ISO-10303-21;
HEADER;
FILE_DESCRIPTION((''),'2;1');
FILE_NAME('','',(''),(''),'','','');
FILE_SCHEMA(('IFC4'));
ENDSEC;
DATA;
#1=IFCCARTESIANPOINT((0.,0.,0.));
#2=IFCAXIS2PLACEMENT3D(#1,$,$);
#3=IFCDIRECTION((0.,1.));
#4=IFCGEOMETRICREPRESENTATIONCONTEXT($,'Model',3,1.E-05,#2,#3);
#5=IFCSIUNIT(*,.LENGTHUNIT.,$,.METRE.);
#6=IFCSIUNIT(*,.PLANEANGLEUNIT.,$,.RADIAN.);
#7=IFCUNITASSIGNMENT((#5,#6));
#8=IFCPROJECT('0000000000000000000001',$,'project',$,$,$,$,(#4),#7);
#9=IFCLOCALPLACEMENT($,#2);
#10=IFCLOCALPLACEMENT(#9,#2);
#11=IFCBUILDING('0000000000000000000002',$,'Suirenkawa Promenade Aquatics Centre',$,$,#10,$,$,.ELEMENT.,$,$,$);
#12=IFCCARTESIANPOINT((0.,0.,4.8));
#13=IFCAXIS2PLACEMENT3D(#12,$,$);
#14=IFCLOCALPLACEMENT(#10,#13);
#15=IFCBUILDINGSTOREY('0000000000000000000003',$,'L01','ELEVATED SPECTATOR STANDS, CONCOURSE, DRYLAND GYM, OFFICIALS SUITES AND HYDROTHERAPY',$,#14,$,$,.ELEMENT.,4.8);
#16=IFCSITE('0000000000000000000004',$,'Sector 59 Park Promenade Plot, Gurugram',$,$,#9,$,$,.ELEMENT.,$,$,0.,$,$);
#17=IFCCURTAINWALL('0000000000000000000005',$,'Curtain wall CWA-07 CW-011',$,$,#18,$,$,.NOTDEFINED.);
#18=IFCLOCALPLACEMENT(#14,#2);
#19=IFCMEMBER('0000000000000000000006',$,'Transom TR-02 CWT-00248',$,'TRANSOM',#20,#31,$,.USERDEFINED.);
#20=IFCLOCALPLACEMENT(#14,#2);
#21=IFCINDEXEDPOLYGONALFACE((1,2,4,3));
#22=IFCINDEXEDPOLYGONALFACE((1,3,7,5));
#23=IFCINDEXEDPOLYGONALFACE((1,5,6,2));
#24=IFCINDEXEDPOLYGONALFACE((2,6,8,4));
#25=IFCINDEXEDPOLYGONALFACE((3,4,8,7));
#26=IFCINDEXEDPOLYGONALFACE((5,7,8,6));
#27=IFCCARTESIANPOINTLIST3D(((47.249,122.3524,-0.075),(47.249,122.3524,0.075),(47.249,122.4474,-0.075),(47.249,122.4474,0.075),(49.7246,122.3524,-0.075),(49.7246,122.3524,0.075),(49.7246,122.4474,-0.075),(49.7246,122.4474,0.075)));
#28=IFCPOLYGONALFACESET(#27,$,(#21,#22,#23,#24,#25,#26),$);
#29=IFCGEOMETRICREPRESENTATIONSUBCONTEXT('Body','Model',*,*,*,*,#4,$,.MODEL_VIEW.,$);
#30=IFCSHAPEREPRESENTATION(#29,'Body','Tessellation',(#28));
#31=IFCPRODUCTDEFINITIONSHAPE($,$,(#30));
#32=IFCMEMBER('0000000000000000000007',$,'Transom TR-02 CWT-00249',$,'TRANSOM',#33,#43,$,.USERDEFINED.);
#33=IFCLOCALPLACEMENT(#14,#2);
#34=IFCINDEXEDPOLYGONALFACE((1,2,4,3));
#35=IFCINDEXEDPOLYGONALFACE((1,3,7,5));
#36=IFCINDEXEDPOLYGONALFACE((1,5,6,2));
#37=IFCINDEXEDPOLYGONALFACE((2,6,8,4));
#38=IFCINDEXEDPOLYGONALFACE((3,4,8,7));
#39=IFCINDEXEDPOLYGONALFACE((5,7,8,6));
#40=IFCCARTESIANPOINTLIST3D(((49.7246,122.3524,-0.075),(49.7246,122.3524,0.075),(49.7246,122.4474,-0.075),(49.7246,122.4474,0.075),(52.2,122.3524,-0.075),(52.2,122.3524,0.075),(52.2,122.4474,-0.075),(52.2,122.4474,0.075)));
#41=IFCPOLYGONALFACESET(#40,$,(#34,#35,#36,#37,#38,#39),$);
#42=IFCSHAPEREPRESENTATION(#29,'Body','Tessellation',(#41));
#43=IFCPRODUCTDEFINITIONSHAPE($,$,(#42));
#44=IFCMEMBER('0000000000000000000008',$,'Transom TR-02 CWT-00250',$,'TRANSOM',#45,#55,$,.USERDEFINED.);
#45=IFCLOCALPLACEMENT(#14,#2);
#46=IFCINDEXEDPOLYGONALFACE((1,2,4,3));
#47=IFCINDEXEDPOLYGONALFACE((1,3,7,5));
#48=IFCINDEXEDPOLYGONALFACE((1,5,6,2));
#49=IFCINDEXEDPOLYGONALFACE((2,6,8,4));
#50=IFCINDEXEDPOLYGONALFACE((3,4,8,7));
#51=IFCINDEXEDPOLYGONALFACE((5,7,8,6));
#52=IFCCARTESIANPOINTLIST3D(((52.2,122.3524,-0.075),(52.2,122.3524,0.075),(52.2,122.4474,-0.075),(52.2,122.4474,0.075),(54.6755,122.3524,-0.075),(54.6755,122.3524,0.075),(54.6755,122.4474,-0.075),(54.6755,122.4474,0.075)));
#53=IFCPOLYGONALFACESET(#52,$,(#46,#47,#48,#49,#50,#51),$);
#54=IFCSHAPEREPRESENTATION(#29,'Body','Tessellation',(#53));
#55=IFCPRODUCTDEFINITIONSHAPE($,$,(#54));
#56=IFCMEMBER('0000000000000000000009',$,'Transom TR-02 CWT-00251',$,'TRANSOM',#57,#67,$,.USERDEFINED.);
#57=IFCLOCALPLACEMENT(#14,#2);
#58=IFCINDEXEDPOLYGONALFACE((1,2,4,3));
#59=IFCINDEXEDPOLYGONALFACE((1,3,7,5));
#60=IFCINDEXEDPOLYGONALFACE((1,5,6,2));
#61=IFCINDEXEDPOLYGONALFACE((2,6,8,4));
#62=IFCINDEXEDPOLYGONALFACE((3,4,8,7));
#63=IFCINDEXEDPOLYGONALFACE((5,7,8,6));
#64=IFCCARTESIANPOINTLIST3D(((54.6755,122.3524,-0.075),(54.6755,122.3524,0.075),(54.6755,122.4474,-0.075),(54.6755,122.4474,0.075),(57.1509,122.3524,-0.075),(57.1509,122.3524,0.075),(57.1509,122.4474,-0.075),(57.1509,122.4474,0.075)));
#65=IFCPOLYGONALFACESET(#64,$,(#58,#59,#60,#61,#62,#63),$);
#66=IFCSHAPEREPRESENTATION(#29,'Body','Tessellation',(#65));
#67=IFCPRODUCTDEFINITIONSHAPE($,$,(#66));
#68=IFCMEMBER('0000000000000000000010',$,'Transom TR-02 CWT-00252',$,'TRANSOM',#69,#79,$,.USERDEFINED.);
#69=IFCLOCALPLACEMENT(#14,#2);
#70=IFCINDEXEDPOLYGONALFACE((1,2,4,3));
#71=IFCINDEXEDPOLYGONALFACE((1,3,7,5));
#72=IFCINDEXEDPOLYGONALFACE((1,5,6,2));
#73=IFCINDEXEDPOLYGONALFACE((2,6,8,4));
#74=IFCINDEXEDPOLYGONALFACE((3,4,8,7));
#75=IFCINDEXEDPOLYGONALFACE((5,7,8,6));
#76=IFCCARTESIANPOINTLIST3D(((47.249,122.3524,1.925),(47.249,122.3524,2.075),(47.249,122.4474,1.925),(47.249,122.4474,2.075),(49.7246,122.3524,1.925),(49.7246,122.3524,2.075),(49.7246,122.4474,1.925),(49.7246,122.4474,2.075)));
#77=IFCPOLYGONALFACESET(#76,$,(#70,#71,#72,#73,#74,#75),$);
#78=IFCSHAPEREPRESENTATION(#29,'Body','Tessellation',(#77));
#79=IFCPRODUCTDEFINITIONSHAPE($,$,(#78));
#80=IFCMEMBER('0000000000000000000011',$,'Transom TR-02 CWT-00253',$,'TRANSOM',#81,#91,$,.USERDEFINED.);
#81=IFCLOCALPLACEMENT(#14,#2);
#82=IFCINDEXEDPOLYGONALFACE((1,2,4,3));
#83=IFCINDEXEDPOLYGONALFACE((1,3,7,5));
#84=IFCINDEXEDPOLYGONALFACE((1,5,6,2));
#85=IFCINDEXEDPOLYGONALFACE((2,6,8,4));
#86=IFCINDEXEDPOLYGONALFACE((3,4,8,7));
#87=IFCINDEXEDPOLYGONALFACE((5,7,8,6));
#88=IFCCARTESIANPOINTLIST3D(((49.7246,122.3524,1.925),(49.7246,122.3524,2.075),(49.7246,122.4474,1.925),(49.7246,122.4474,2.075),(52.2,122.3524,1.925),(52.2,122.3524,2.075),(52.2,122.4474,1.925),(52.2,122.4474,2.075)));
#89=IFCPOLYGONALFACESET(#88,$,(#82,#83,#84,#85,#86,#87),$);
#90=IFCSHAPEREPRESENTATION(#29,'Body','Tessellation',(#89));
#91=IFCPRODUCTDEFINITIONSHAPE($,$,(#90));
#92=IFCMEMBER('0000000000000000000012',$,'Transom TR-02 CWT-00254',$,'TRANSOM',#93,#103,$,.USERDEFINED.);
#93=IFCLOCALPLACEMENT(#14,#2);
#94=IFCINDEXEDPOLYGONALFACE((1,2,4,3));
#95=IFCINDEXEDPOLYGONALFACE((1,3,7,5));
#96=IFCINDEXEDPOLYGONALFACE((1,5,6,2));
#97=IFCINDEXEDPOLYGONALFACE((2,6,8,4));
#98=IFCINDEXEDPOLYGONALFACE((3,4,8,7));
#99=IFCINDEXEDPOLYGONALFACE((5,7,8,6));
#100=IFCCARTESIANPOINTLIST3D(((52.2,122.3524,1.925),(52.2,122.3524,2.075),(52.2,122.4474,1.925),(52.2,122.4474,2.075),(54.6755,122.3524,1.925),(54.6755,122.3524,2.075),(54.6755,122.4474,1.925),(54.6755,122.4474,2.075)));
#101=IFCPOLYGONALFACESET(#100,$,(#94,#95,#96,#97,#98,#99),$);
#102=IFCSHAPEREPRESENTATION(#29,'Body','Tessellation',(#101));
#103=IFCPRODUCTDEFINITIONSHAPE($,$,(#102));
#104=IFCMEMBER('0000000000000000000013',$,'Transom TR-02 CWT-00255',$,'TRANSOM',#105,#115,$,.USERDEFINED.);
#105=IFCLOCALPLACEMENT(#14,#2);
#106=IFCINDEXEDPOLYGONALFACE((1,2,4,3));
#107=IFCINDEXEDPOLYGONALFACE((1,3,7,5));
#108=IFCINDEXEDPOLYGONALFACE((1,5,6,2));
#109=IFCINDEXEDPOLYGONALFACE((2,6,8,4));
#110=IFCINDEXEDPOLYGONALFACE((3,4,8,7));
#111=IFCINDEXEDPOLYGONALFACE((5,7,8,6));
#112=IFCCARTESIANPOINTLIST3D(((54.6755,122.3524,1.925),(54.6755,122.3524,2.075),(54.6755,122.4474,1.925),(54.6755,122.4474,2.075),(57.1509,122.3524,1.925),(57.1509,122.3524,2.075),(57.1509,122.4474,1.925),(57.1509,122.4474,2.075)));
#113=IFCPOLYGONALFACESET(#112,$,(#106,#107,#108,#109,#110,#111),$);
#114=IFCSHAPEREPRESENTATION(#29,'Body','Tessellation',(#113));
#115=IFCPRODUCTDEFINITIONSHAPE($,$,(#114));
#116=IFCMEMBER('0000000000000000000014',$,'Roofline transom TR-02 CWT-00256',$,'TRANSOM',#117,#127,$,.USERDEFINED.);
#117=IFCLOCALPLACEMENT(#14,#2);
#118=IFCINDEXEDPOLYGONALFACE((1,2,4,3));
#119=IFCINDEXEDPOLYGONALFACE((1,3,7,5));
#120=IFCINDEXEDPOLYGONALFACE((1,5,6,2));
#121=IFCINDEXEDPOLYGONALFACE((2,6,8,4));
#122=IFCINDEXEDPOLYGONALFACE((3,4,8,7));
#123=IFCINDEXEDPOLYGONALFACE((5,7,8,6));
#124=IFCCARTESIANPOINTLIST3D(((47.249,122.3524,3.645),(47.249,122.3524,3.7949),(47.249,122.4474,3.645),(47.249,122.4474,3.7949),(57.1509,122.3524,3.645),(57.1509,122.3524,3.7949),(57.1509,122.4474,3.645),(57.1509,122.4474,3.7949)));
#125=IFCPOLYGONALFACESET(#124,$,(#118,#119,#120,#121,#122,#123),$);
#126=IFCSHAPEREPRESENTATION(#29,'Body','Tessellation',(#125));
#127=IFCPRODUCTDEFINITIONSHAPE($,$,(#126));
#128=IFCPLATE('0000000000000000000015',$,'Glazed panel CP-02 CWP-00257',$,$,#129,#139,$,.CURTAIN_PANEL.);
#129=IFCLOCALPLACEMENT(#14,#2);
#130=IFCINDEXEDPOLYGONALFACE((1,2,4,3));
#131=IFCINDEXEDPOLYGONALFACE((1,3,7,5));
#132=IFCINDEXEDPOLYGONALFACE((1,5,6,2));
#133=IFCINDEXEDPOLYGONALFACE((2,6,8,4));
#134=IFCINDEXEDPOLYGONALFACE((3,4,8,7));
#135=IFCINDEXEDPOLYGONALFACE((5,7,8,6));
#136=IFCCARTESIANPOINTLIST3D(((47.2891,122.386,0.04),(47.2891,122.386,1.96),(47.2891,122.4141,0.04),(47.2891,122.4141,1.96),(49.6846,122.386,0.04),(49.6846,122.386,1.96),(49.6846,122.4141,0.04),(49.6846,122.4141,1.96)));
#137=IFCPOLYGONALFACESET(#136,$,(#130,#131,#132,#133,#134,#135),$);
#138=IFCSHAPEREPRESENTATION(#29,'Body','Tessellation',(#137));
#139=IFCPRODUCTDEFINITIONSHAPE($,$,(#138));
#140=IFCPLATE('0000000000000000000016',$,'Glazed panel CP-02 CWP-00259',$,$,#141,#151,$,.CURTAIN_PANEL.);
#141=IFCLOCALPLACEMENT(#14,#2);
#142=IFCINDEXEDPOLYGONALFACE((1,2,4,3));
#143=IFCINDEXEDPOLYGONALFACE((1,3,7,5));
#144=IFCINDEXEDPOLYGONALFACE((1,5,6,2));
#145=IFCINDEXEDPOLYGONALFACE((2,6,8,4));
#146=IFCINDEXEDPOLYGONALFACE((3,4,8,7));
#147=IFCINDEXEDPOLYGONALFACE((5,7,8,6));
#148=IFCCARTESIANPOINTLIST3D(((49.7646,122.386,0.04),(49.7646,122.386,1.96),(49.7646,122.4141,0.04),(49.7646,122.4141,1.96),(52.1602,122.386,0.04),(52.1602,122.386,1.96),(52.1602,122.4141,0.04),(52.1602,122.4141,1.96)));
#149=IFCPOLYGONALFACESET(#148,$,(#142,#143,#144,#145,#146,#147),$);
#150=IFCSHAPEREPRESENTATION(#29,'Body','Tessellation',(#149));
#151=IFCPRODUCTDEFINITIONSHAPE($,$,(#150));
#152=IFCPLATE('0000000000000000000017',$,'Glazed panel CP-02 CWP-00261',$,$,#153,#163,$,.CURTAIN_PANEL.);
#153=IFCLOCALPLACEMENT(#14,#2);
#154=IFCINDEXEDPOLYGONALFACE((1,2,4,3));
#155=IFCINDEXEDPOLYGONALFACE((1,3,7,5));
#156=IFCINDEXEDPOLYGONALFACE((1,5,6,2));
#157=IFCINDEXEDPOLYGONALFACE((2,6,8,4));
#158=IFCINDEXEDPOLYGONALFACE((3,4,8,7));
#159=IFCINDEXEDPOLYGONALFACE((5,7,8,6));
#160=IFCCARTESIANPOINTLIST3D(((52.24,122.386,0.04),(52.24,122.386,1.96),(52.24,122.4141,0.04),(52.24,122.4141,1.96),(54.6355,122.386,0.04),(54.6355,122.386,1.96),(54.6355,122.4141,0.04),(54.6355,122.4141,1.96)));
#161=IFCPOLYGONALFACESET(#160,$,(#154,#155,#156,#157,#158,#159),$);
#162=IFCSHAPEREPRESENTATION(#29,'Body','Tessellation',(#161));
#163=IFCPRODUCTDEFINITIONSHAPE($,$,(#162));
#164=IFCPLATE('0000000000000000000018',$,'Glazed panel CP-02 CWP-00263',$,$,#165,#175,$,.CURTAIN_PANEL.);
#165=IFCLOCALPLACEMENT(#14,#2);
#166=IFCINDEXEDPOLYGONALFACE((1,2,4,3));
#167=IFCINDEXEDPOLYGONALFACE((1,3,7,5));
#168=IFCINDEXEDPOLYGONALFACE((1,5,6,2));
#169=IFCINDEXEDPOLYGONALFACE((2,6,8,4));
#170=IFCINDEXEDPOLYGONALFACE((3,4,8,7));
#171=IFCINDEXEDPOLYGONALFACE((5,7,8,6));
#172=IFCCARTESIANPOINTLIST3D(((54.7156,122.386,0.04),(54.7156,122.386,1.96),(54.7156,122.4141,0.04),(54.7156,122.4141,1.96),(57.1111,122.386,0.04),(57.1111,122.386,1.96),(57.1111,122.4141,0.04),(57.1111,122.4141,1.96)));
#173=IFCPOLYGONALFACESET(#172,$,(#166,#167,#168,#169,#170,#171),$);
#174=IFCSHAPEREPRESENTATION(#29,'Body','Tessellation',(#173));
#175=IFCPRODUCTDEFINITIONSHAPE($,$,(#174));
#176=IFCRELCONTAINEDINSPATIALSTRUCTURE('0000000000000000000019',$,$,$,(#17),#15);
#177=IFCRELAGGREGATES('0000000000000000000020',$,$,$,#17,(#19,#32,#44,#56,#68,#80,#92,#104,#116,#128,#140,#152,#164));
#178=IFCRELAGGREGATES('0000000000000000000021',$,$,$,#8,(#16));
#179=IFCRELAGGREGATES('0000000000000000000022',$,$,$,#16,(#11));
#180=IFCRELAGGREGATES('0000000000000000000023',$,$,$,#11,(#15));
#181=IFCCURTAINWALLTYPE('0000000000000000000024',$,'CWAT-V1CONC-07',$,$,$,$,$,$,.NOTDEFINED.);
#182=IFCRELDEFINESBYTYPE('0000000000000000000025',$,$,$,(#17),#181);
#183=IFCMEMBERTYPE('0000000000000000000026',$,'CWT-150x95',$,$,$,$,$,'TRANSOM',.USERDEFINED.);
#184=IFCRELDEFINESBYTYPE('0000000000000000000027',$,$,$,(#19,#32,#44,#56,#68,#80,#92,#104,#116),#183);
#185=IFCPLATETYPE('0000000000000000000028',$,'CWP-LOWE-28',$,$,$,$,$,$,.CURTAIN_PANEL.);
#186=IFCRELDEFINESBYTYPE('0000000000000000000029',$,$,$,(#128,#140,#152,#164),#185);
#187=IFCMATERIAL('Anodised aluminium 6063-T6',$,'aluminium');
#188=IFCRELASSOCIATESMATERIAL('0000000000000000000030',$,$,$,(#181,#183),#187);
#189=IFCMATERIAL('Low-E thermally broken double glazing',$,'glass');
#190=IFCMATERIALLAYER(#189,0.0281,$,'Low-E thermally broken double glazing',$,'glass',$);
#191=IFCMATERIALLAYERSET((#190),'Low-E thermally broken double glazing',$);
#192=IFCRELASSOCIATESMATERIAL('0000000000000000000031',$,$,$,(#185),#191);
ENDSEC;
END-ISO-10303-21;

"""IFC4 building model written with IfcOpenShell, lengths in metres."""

from ifc_helpers import new_model, si_unit, direction, frame, origin, origin_2d, place, context, subcontext, project, spatial, polyline, rectangle, outline, extrude, material, layer, layer_set, material_profile, profile_set, type_object, element, aggregate, save


model = new_model("IFC4")

# Units and contexts
model_context = context("Model", 3, precision=1e-05, world=origin(), true_north=direction((0.0, 1.0)))
body_context = subcontext(model_context, "Body", "Model", "MODEL_VIEW")
ifc_project = project(units=[si_unit("LENGTHUNIT", "METRE"), si_unit("PLANEANGLEUNIT", "RADIAN")], contexts=[model_context])

# Site, building, storey
site_placement = place(None, origin())
site = spatial("IfcSite", under=ifc_project, at=site_placement, Name="Sector 59 Park Promenade Plot, Gurugram", CompositionType="ELEMENT", RefElevation=0.0)
building_placement = place(site_placement, origin())
building = spatial("IfcBuilding", under=site, at=building_placement, Name="Suirenkawa Promenade Aquatics Centre", CompositionType="ELEMENT")
storey_placement = place(building_placement, frame((0.0, 0.0, 4.8)))
storey = spatial("IfcBuildingStorey", under=building, at=storey_placement, Name="L01", Description="ELEVATED SPECTATOR STANDS, CONCOURSE, DRYLAND GYM, OFFICIALS SUITES AND HYDROTHERAPY", CompositionType="ELEMENT", Elevation=4.8)

# Curtain wall
ifc_material_1 = material(Name="Anodised aluminium 6063-T6", Category="aluminium")
curtain_wall_type_1 = type_object("IfcCurtainWallType", Name="CWAT-V1CONC-07", PredefinedType="NOTDEFINED", material=ifc_material_1)
curtain_wall_1_placement = place(storey_placement, origin())
curtain_wall_1 = element("IfcCurtainWall", 1, at=curtain_wall_1_placement, inside=storey, type_object=curtain_wall_type_1, Name="Curtain wall CWA-07 CW-011", PredefinedType="NOTDEFINED")

# Members
ifc_material_profile_1 = material_profile(ifc_material_1, rectangle(XDim=0.095, YDim=0.1499, at=origin_2d()), Name="ALU TRAN 95x150", Category="aluminium")
ifc_profile_set_1 = profile_set([ifc_material_profile_1], Name="Anodised aluminium 6063-T6")
member_type_1 = type_object("IfcMemberType", Name="CWT-150x95", ElementType="TRANSOM", PredefinedType="USERDEFINED", material=ifc_profile_set_1)
member_1_placement = place(storey_placement, frame((47.249, 122.3999, 0.0), z_axis=(1.0, 0.0, 0.0), x_axis=(0.0, 1.0, 0.0)))
member_1 = element("IfcMember", 2, at=member_1_placement, type_object=member_type_1, Name="Transom TR-02 CWT-00248", ObjectType="TRANSOM", PredefinedType="USERDEFINED", context=body_context, shape_type="SweptSolid", body=[
    extrude(rectangle(XDim=0.095, YDim=0.1499, at=origin_2d()), origin(), (0.0, 0.0, 1.0), 2.4756),
])
member_2_placement = place(storey_placement, frame((49.7246, 122.3999, 0.0), z_axis=(1.0, 0.0, 0.0), x_axis=(0.0, 1.0, 0.0)))
member_2 = element("IfcMember", 3, at=member_2_placement, type_object=member_type_1, Name="Transom TR-02 CWT-00249", ObjectType="TRANSOM", PredefinedType="USERDEFINED", context=body_context, shape_type="SweptSolid", body=[
    extrude(rectangle(XDim=0.095, YDim=0.1499, at=origin_2d()), origin(), (0.0, 0.0, 1.0), 2.4753),
])
member_3_placement = place(storey_placement, frame((52.2, 122.3999, 0.0), z_axis=(1.0, 0.0, 0.0), x_axis=(0.0, 1.0, 0.0)))
member_3 = element("IfcMember", 4, at=member_3_placement, type_object=member_type_1, Name="Transom TR-02 CWT-00250", ObjectType="TRANSOM", PredefinedType="USERDEFINED", context=body_context, shape_type="SweptSolid", body=[
    extrude(rectangle(XDim=0.095, YDim=0.1499, at=origin_2d()), origin(), (0.0, 0.0, 1.0), 2.4756),
])
member_4_placement = place(storey_placement, frame((54.6755, 122.3999, 0.0), z_axis=(1.0, 0.0, 0.0), x_axis=(0.0, 1.0, 0.0)))
member_4 = element("IfcMember", 5, at=member_4_placement, type_object=member_type_1, Name="Transom TR-02 CWT-00251", ObjectType="TRANSOM", PredefinedType="USERDEFINED", context=body_context, shape_type="SweptSolid", body=[
    extrude(rectangle(XDim=0.095, YDim=0.1499, at=origin_2d()), origin(), (0.0, 0.0, 1.0), 2.4753),
])
member_5_placement = place(storey_placement, frame((47.249, 122.3999, 2.0), z_axis=(1.0, 0.0, 0.0), x_axis=(0.0, 1.0, 0.0)))
member_5 = element("IfcMember", 6, at=member_5_placement, type_object=member_type_1, Name="Transom TR-02 CWT-00252", ObjectType="TRANSOM", PredefinedType="USERDEFINED", context=body_context, shape_type="SweptSolid", body=[
    extrude(rectangle(XDim=0.095, YDim=0.1499, at=origin_2d()), origin(), (0.0, 0.0, 1.0), 2.4756),
])
member_6_placement = place(storey_placement, frame((49.7246, 122.3999, 2.0), z_axis=(1.0, 0.0, 0.0), x_axis=(0.0, 1.0, 0.0)))
member_6 = element("IfcMember", 7, at=member_6_placement, type_object=member_type_1, Name="Transom TR-02 CWT-00253", ObjectType="TRANSOM", PredefinedType="USERDEFINED", context=body_context, shape_type="SweptSolid", body=[
    extrude(rectangle(XDim=0.095, YDim=0.1499, at=origin_2d()), origin(), (0.0, 0.0, 1.0), 2.4753),
])
member_7_placement = place(storey_placement, frame((52.2, 122.3999, 2.0), z_axis=(1.0, 0.0, 0.0), x_axis=(0.0, 1.0, 0.0)))
member_7 = element("IfcMember", 8, at=member_7_placement, type_object=member_type_1, Name="Transom TR-02 CWT-00254", ObjectType="TRANSOM", PredefinedType="USERDEFINED", context=body_context, shape_type="SweptSolid", body=[
    extrude(rectangle(XDim=0.095, YDim=0.1499, at=origin_2d()), origin(), (0.0, 0.0, 1.0), 2.4756),
])
member_8_placement = place(storey_placement, frame((54.6755, 122.3999, 2.0), z_axis=(1.0, 0.0, 0.0), x_axis=(0.0, 1.0, 0.0)))
member_8 = element("IfcMember", 9, at=member_8_placement, type_object=member_type_1, Name="Transom TR-02 CWT-00255", ObjectType="TRANSOM", PredefinedType="USERDEFINED", context=body_context, shape_type="SweptSolid", body=[
    extrude(rectangle(XDim=0.095, YDim=0.1499, at=origin_2d()), origin(), (0.0, 0.0, 1.0), 2.4753),
])
member_9_placement = place(storey_placement, frame((47.249, 122.3999, 3.72), z_axis=(1.0, 0.0, 0.0), x_axis=(0.0, 1.0, 0.0)))
member_9 = element("IfcMember", 10, at=member_9_placement, type_object=member_type_1, Name="Roofline transom TR-02 CWT-00256", ObjectType="TRANSOM", PredefinedType="USERDEFINED", context=body_context, shape_type="SweptSolid", body=[
    extrude(rectangle(XDim=0.095, YDim=0.1499, at=origin_2d()), origin(), (0.0, 0.0, 1.0), 9.9019),
])

# Plates
ifc_material_2 = material(Name="Low-E thermally broken double glazing", Category="glass")
ifc_layer_1 = layer(ifc_material_2, 0.0281, Name="Low-E thermally broken double glazing", Category="glass")
ifc_layer_set_1 = layer_set([ifc_layer_1], Name="Low-E thermally broken double glazing")
plate_type_1 = type_object("IfcPlateType", Name="CWP-LOWE-28", PredefinedType="CURTAIN_PANEL", material=ifc_layer_set_1)
plate_1_placement = place(storey_placement, frame((47.249, 122.3999, 0.04), z_axis=(0.0, 0.0, 1.0), x_axis=(1.0, 0.0, 0.0)))
plate_1 = element("IfcPlate", 11, at=plate_1_placement, type_object=plate_type_1, Name="Glazed panel CP-02 CWP-00257", PredefinedType="CURTAIN_PANEL", context=body_context, shape_type="SweptSolid", body=[
    extrude(outline(polyline([(0.04, 0.0), (2.4355, 0.0), (2.4355, 1.9199), (0.04, 1.9199), (0.04, 0.0)])), frame((0.0, 0.0142, 0.0), z_axis=(0.0, -1.0, 0.0), x_axis=(1.0, 0.0, 0.0)), (0.0, 0.0, 1.0), 0.0281),
])
plate_2_placement = place(storey_placement, frame((49.7246, 122.3999, 0.04), z_axis=(0.0, 0.0, 1.0), x_axis=(1.0, 0.0, 0.0)))
plate_2 = element("IfcPlate", 12, at=plate_2_placement, type_object=plate_type_1, Name="Glazed panel CP-02 CWP-00259", PredefinedType="CURTAIN_PANEL", context=body_context, shape_type="SweptSolid", body=[
    extrude(outline(polyline([(0.04, 0.0), (2.4355, 0.0), (2.4355, 1.9199), (0.04, 1.9199), (0.04, 0.0)])), frame((0.0, 0.0142, 0.0), z_axis=(0.0, -1.0, 0.0), x_axis=(1.0, 0.0, 0.0)), (0.0, 0.0, 1.0), 0.0281),
])
plate_3_placement = place(storey_placement, frame((52.2, 122.3999, 0.04), z_axis=(0.0, 0.0, 1.0), x_axis=(1.0, 0.0, 0.0)))
plate_3 = element("IfcPlate", 13, at=plate_3_placement, type_object=plate_type_1, Name="Glazed panel CP-02 CWP-00261", PredefinedType="CURTAIN_PANEL", context=body_context, shape_type="SweptSolid", body=[
    extrude(outline(polyline([(0.04, 0.0), (2.4355, 0.0), (2.4355, 1.9199), (0.04, 1.9199), (0.04, 0.0)])), frame((0.0, 0.0142, 0.0), z_axis=(0.0, -1.0, 0.0), x_axis=(1.0, 0.0, 0.0)), (0.0, 0.0, 1.0), 0.0281),
])
plate_4_placement = place(storey_placement, frame((54.6755, 122.3999, 0.04), z_axis=(0.0, 0.0, 1.0), x_axis=(1.0, 0.0, 0.0)))
plate_4 = element("IfcPlate", 14, at=plate_4_placement, type_object=plate_type_1, Name="Glazed panel CP-02 CWP-00263", PredefinedType="CURTAIN_PANEL", context=body_context, shape_type="SweptSolid", body=[
    extrude(outline(polyline([(0.04, 0.0), (2.4355, 0.0), (2.4355, 1.9199), (0.04, 1.9199), (0.04, 0.0)])), frame((0.0, 0.0142, 0.0), z_axis=(0.0, -1.0, 0.0), x_axis=(1.0, 0.0, 0.0)), (0.0, 0.0, 1.0), 0.0281),
])
aggregate(curtain_wall_1, [member_1, member_2, member_3, member_4, member_5, member_6, member_7, member_8, member_9, plate_1, plate_2, plate_3, plate_4])

save(model, "model.ifc")
